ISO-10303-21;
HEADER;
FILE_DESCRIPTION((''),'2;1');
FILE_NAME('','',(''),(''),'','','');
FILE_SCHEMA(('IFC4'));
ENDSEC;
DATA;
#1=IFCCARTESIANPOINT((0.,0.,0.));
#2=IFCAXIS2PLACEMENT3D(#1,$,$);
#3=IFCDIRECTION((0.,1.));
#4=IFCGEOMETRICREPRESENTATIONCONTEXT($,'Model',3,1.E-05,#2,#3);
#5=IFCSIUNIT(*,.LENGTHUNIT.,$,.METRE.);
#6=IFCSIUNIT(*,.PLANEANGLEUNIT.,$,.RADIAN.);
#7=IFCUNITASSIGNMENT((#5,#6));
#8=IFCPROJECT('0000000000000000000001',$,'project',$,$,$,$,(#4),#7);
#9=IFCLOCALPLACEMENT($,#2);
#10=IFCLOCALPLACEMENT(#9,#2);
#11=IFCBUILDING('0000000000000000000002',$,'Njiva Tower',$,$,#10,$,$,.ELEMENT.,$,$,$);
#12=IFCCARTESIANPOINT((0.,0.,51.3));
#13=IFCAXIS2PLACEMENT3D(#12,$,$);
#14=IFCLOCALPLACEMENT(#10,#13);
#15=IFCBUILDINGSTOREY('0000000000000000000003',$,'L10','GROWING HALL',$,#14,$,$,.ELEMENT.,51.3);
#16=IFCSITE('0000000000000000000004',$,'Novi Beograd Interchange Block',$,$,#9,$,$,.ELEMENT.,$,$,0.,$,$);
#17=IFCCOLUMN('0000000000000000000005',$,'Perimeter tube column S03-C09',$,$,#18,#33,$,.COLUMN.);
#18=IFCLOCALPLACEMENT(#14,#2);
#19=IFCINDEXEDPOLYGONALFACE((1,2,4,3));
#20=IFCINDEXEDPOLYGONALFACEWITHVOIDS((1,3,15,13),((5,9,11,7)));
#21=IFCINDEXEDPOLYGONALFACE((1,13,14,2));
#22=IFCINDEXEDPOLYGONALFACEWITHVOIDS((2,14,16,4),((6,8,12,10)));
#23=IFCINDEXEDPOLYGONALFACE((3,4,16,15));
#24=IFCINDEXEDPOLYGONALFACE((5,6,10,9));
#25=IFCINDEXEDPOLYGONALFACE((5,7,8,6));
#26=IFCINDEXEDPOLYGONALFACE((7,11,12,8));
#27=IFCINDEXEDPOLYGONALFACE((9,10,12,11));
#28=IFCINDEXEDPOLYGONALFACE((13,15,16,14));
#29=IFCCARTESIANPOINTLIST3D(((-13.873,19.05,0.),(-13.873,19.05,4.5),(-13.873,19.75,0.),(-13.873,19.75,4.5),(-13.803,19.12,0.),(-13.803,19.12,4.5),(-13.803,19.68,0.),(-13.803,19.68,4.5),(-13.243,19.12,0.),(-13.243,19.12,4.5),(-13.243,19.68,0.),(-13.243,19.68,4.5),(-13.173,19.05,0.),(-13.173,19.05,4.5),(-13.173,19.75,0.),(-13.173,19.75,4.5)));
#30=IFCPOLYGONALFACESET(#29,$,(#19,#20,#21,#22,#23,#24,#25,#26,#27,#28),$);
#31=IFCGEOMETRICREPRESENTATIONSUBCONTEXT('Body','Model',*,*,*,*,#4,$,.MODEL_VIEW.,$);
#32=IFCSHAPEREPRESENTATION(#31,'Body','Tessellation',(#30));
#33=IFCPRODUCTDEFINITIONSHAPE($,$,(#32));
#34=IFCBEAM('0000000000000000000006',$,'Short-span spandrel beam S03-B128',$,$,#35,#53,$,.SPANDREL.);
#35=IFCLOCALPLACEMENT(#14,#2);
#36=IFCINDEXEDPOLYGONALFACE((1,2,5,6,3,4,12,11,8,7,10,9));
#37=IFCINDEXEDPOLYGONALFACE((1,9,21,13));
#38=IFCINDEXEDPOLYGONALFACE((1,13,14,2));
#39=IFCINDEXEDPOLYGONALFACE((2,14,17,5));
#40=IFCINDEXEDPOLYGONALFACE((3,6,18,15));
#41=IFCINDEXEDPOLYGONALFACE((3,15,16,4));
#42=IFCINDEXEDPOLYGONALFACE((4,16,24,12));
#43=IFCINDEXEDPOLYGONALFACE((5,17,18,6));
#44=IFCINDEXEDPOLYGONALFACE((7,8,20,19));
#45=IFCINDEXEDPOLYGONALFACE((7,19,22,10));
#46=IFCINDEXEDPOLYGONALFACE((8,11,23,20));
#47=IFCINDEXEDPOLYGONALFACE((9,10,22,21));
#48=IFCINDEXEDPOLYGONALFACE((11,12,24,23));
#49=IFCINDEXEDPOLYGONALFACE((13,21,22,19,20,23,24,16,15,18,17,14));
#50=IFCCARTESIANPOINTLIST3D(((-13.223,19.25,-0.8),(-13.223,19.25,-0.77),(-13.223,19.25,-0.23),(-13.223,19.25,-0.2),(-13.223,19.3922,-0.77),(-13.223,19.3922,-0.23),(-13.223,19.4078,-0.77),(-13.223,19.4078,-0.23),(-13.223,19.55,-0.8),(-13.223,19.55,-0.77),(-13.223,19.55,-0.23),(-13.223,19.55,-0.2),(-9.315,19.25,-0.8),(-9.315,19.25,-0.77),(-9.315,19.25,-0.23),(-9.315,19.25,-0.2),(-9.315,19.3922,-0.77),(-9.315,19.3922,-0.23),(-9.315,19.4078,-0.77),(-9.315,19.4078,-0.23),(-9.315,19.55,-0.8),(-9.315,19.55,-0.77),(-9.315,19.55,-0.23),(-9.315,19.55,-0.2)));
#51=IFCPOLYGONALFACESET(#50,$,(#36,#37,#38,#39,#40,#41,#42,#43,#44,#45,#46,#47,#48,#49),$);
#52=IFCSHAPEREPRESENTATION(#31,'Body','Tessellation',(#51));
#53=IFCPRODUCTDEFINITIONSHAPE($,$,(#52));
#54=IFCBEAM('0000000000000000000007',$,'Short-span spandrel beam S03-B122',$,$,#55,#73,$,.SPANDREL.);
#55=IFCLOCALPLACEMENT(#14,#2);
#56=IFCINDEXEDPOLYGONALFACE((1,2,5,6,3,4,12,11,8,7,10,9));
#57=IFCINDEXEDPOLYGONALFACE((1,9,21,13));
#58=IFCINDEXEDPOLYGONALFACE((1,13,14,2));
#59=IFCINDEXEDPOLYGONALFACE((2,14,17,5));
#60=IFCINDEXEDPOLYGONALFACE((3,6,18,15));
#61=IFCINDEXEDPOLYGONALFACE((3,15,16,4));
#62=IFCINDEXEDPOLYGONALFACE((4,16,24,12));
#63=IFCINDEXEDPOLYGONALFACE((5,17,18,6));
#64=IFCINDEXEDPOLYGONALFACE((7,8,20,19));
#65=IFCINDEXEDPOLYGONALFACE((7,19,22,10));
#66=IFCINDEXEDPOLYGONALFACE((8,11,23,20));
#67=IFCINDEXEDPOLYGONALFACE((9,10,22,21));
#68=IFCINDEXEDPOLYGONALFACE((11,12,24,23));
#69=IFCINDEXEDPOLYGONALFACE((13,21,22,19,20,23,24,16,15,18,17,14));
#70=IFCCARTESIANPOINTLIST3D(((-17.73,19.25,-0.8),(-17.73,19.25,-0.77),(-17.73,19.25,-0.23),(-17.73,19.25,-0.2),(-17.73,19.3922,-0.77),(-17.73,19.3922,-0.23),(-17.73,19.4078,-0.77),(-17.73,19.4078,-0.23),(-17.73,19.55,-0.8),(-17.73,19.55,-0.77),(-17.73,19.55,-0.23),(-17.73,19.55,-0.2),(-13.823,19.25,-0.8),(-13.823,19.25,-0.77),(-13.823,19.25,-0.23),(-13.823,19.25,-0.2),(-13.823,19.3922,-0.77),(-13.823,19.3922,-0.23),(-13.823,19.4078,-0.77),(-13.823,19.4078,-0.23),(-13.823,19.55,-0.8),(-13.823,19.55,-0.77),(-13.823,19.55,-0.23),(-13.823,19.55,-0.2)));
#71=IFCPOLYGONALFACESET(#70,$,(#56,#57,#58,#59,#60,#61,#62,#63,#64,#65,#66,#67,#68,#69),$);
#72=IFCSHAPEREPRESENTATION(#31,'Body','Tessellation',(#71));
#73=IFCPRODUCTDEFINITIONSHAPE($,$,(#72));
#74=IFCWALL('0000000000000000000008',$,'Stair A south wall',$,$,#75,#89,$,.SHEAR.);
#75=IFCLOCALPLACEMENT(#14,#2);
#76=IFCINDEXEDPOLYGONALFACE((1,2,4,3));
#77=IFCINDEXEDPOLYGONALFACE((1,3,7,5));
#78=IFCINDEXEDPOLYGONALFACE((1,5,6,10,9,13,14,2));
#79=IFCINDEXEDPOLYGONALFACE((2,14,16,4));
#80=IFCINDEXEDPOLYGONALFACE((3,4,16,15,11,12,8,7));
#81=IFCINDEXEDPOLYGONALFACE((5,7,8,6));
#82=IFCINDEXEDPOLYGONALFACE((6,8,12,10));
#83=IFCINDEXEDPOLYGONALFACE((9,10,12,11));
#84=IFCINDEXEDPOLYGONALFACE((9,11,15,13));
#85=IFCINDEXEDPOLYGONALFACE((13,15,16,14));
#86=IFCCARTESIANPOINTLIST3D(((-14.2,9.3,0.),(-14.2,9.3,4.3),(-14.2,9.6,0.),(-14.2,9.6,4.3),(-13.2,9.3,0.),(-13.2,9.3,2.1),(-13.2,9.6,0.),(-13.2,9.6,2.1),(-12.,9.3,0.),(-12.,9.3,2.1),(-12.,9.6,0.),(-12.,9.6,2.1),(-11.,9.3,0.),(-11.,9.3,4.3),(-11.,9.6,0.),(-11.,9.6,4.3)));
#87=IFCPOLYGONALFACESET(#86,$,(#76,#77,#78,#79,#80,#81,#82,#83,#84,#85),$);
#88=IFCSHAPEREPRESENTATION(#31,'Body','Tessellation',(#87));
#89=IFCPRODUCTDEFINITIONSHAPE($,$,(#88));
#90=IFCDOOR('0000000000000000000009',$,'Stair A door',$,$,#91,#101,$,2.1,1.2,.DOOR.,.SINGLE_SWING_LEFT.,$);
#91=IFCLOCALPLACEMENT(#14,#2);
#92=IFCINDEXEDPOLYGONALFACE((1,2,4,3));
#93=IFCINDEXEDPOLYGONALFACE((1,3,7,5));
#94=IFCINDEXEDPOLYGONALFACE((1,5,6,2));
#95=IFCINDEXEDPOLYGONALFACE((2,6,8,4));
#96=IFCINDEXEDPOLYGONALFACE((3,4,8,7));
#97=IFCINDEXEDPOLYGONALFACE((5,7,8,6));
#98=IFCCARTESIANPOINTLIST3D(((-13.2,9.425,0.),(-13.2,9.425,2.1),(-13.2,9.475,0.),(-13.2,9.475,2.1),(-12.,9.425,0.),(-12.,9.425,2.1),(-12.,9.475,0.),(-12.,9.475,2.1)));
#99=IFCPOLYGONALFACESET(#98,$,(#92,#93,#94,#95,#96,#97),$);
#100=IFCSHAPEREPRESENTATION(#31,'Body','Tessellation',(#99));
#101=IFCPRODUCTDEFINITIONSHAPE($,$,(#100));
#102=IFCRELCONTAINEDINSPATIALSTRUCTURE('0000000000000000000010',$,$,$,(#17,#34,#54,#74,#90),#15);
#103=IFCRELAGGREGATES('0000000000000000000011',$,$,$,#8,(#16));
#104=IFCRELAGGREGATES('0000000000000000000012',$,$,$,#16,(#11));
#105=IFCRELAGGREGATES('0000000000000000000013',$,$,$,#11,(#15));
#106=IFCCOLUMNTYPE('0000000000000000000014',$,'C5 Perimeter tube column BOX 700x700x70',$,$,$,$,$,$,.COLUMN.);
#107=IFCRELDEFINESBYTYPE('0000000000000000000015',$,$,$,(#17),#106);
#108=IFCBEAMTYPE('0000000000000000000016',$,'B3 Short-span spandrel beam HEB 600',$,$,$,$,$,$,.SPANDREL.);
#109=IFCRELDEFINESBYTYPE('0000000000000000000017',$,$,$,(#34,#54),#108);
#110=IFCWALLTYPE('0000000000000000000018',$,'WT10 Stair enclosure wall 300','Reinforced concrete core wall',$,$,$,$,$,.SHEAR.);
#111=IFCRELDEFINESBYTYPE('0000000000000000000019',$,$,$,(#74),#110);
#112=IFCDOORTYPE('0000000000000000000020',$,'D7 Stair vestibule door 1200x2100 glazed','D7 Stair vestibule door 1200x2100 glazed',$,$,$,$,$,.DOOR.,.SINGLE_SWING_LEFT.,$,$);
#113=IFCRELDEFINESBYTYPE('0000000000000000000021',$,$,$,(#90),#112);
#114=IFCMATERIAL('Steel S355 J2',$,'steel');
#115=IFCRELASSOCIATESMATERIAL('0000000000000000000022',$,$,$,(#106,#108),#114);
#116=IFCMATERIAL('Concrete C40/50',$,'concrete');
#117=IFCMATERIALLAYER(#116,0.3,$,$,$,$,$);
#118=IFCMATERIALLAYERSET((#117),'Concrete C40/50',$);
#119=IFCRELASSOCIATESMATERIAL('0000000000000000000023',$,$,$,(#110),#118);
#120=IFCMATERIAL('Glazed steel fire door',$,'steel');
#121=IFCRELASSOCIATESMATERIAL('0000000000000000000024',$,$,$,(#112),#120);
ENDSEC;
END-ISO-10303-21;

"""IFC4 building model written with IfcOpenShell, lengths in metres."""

from ifc_helpers import new_model, si_unit, direction, frame, frame_2d, origin, origin_2d, place, context, subcontext, project, spatial, rectangle, hollow_rectangle, i_section, extrude, material, layer, layer_set, material_profile, profile_set, type_object, element, fill, save


model = new_model("IFC4")

# Units and contexts
model_context = context("Model", 3, precision=1e-05, world=origin(), true_north=direction((0.0, 1.0)))
body_context = subcontext(model_context, "Body", "Model", "MODEL_VIEW")
ifc_project = project(units=[si_unit("LENGTHUNIT", "METRE"), si_unit("PLANEANGLEUNIT", "RADIAN")], contexts=[model_context])

# Site, building, storey
site_placement = place(None, origin())
site = spatial("IfcSite", under=ifc_project, at=site_placement, Name="Novi Beograd Interchange Block", CompositionType="ELEMENT", RefElevation=0.0)
building_placement = place(site_placement, origin())
building = spatial("IfcBuilding", under=site, at=building_placement, Name="Njiva Tower", CompositionType="ELEMENT")
storey_placement = place(building_placement, frame((0.0, 0.0, 51.3)))
storey = spatial("IfcBuildingStorey", under=building, at=storey_placement, Name="L10", Description="GROWING HALL", CompositionType="ELEMENT", Elevation=51.3)

# Column
ifc_material_1 = material(Name="Steel S355 J2", Category="steel")
ifc_material_profile_1 = material_profile(ifc_material_1, hollow_rectangle(XDim=0.7, YDim=0.7, WallThickness=0.07, at=origin_2d()), Name="BOX 700x700x70")
ifc_profile_set_1 = profile_set([ifc_material_profile_1], Name="Steel S355 J2")
column_type = type_object("IfcColumnType", Name="C5 Perimeter tube column BOX 700x700x70", PredefinedType="COLUMN", material=ifc_profile_set_1)
column_placement = place(storey_placement, frame((-13.523, 19.4, 0.0), z_axis=(0.0, 0.0, 1.0), x_axis=(-1.0, 0.0, 0.0)))
element("IfcColumn", 1, at=column_placement, inside=storey, type_object=column_type, Name="Perimeter tube column S03-C09", PredefinedType="COLUMN", context=body_context, shape_type="SweptSolid", body=[
    extrude(hollow_rectangle(XDim=0.7, YDim=0.7, WallThickness=0.07, at=origin_2d()), origin(), (0.0, 0.0, 1.0), 4.5),
])

# Beams
ifc_material_profile_2 = material_profile(ifc_material_1, i_section(OverallWidth=0.3, OverallDepth=0.6, WebThickness=0.0155, FlangeThickness=0.03, at=origin_2d()), Name="HEB 600")
ifc_profile_set_2 = profile_set([ifc_material_profile_2], Name="Steel S355 J2")
beam_type = type_object("IfcBeamType", Name="B3 Short-span spandrel beam HEB 600", PredefinedType="SPANDREL", material=ifc_profile_set_2)
beam_1_placement = place(storey_placement, frame((-9.315, 19.4, -0.5), z_axis=(-1.0, 0.0, 0.0), x_axis=(0.0, -1.0, 0.0)))
element("IfcBeam", 2, at=beam_1_placement, inside=storey, type_object=beam_type, Name="Short-span spandrel beam S03-B128", PredefinedType="SPANDREL", context=body_context, shape_type="SweptSolid", body=[
    extrude(i_section(OverallWidth=0.3, OverallDepth=0.6, WebThickness=0.0155, FlangeThickness=0.03, at=origin_2d()), origin(), (0.0, 0.0, 1.0), 3.908),
])
beam_2_placement = place(storey_placement, frame((-13.823, 19.4, -0.5), z_axis=(-1.0, 0.0, 0.0), x_axis=(0.0, -1.0, 0.0)))
element("IfcBeam", 3, at=beam_2_placement, inside=storey, type_object=beam_type, Name="Short-span spandrel beam S03-B122", PredefinedType="SPANDREL", context=body_context, shape_type="SweptSolid", body=[
    extrude(i_section(OverallWidth=0.3, OverallDepth=0.6, WebThickness=0.0155, FlangeThickness=0.03, at=origin_2d()), origin(), (0.0, 0.0, 1.0), 3.907),
])

# Wall, opening, door
ifc_material_2 = material(Name="Concrete C40/50", Category="concrete")
ifc_layer_1 = layer(ifc_material_2, 0.3)
ifc_layer_set_1 = layer_set([ifc_layer_1], Name="Concrete C40/50")
wall_type_1 = type_object("IfcWallType", Name="WT10 Stair enclosure wall 300", Description="Reinforced concrete core wall", PredefinedType="SHEAR", material=ifc_layer_set_1)
wall_1_placement = place(storey_placement, frame((-14.2, 9.45, 0.0), z_axis=(0.0, 0.0, 1.0), x_axis=(1.0, 0.0, 0.0)))
wall_1 = element("IfcWall", 4, at=wall_1_placement, inside=storey, type_object=wall_type_1, Name="Stair A south wall", PredefinedType="SHEAR", context=body_context, shape_type="SweptSolid", body=[
    extrude(rectangle(XDim=3.2, YDim=0.3, at=frame_2d((1.6, 0.0))), origin(), (0.0, 0.0, 1.0), 4.3),
])
opening_1_placement = place(wall_1_placement, frame((1.0, 0.0, 0.0)))
opening_1 = element("IfcOpeningElement", 5, at=opening_1_placement, cuts=wall_1, PredefinedType="OPENING", context=body_context, shape_type="SweptSolid", body=[
    extrude(rectangle(XDim=1.2, YDim=2.1, at=frame_2d((0.6, 1.05))), frame((0.0, 0.16, 0.0), z_axis=(0.0, -1.0, 0.0), x_axis=(1.0, 0.0, 0.0)), (0.0, 0.0, 1.0), 0.32),
])
ifc_material_3 = material(Name="Glazed steel fire door", Category="steel")
door_type_1 = type_object("IfcDoorType", Name="D7 Stair vestibule door 1200x2100 glazed", Description="D7 Stair vestibule door 1200x2100 glazed", OperationType="SINGLE_SWING_LEFT", PredefinedType="DOOR", material=ifc_material_3)
door_1_placement = place(opening_1_placement, origin())
door_1 = element("IfcDoor", 6, at=door_1_placement, inside=storey, type_object=door_type_1, Name="Stair A door", OperationType="SINGLE_SWING_LEFT", OverallHeight=2.1, OverallWidth=1.2, PredefinedType="DOOR", context=body_context, shape_type="SweptSolid", body=[
    extrude(rectangle(XDim=1.2, YDim=2.1, at=frame_2d((0.6, 1.05))), frame((0.0, 0.025, 0.0), z_axis=(0.0, -1.0, 0.0), x_axis=(1.0, 0.0, 0.0)), (0.0, 0.0, 1.0), 0.05),
])
fill(opening_1, door_1)

save(model, "model.ifc")
